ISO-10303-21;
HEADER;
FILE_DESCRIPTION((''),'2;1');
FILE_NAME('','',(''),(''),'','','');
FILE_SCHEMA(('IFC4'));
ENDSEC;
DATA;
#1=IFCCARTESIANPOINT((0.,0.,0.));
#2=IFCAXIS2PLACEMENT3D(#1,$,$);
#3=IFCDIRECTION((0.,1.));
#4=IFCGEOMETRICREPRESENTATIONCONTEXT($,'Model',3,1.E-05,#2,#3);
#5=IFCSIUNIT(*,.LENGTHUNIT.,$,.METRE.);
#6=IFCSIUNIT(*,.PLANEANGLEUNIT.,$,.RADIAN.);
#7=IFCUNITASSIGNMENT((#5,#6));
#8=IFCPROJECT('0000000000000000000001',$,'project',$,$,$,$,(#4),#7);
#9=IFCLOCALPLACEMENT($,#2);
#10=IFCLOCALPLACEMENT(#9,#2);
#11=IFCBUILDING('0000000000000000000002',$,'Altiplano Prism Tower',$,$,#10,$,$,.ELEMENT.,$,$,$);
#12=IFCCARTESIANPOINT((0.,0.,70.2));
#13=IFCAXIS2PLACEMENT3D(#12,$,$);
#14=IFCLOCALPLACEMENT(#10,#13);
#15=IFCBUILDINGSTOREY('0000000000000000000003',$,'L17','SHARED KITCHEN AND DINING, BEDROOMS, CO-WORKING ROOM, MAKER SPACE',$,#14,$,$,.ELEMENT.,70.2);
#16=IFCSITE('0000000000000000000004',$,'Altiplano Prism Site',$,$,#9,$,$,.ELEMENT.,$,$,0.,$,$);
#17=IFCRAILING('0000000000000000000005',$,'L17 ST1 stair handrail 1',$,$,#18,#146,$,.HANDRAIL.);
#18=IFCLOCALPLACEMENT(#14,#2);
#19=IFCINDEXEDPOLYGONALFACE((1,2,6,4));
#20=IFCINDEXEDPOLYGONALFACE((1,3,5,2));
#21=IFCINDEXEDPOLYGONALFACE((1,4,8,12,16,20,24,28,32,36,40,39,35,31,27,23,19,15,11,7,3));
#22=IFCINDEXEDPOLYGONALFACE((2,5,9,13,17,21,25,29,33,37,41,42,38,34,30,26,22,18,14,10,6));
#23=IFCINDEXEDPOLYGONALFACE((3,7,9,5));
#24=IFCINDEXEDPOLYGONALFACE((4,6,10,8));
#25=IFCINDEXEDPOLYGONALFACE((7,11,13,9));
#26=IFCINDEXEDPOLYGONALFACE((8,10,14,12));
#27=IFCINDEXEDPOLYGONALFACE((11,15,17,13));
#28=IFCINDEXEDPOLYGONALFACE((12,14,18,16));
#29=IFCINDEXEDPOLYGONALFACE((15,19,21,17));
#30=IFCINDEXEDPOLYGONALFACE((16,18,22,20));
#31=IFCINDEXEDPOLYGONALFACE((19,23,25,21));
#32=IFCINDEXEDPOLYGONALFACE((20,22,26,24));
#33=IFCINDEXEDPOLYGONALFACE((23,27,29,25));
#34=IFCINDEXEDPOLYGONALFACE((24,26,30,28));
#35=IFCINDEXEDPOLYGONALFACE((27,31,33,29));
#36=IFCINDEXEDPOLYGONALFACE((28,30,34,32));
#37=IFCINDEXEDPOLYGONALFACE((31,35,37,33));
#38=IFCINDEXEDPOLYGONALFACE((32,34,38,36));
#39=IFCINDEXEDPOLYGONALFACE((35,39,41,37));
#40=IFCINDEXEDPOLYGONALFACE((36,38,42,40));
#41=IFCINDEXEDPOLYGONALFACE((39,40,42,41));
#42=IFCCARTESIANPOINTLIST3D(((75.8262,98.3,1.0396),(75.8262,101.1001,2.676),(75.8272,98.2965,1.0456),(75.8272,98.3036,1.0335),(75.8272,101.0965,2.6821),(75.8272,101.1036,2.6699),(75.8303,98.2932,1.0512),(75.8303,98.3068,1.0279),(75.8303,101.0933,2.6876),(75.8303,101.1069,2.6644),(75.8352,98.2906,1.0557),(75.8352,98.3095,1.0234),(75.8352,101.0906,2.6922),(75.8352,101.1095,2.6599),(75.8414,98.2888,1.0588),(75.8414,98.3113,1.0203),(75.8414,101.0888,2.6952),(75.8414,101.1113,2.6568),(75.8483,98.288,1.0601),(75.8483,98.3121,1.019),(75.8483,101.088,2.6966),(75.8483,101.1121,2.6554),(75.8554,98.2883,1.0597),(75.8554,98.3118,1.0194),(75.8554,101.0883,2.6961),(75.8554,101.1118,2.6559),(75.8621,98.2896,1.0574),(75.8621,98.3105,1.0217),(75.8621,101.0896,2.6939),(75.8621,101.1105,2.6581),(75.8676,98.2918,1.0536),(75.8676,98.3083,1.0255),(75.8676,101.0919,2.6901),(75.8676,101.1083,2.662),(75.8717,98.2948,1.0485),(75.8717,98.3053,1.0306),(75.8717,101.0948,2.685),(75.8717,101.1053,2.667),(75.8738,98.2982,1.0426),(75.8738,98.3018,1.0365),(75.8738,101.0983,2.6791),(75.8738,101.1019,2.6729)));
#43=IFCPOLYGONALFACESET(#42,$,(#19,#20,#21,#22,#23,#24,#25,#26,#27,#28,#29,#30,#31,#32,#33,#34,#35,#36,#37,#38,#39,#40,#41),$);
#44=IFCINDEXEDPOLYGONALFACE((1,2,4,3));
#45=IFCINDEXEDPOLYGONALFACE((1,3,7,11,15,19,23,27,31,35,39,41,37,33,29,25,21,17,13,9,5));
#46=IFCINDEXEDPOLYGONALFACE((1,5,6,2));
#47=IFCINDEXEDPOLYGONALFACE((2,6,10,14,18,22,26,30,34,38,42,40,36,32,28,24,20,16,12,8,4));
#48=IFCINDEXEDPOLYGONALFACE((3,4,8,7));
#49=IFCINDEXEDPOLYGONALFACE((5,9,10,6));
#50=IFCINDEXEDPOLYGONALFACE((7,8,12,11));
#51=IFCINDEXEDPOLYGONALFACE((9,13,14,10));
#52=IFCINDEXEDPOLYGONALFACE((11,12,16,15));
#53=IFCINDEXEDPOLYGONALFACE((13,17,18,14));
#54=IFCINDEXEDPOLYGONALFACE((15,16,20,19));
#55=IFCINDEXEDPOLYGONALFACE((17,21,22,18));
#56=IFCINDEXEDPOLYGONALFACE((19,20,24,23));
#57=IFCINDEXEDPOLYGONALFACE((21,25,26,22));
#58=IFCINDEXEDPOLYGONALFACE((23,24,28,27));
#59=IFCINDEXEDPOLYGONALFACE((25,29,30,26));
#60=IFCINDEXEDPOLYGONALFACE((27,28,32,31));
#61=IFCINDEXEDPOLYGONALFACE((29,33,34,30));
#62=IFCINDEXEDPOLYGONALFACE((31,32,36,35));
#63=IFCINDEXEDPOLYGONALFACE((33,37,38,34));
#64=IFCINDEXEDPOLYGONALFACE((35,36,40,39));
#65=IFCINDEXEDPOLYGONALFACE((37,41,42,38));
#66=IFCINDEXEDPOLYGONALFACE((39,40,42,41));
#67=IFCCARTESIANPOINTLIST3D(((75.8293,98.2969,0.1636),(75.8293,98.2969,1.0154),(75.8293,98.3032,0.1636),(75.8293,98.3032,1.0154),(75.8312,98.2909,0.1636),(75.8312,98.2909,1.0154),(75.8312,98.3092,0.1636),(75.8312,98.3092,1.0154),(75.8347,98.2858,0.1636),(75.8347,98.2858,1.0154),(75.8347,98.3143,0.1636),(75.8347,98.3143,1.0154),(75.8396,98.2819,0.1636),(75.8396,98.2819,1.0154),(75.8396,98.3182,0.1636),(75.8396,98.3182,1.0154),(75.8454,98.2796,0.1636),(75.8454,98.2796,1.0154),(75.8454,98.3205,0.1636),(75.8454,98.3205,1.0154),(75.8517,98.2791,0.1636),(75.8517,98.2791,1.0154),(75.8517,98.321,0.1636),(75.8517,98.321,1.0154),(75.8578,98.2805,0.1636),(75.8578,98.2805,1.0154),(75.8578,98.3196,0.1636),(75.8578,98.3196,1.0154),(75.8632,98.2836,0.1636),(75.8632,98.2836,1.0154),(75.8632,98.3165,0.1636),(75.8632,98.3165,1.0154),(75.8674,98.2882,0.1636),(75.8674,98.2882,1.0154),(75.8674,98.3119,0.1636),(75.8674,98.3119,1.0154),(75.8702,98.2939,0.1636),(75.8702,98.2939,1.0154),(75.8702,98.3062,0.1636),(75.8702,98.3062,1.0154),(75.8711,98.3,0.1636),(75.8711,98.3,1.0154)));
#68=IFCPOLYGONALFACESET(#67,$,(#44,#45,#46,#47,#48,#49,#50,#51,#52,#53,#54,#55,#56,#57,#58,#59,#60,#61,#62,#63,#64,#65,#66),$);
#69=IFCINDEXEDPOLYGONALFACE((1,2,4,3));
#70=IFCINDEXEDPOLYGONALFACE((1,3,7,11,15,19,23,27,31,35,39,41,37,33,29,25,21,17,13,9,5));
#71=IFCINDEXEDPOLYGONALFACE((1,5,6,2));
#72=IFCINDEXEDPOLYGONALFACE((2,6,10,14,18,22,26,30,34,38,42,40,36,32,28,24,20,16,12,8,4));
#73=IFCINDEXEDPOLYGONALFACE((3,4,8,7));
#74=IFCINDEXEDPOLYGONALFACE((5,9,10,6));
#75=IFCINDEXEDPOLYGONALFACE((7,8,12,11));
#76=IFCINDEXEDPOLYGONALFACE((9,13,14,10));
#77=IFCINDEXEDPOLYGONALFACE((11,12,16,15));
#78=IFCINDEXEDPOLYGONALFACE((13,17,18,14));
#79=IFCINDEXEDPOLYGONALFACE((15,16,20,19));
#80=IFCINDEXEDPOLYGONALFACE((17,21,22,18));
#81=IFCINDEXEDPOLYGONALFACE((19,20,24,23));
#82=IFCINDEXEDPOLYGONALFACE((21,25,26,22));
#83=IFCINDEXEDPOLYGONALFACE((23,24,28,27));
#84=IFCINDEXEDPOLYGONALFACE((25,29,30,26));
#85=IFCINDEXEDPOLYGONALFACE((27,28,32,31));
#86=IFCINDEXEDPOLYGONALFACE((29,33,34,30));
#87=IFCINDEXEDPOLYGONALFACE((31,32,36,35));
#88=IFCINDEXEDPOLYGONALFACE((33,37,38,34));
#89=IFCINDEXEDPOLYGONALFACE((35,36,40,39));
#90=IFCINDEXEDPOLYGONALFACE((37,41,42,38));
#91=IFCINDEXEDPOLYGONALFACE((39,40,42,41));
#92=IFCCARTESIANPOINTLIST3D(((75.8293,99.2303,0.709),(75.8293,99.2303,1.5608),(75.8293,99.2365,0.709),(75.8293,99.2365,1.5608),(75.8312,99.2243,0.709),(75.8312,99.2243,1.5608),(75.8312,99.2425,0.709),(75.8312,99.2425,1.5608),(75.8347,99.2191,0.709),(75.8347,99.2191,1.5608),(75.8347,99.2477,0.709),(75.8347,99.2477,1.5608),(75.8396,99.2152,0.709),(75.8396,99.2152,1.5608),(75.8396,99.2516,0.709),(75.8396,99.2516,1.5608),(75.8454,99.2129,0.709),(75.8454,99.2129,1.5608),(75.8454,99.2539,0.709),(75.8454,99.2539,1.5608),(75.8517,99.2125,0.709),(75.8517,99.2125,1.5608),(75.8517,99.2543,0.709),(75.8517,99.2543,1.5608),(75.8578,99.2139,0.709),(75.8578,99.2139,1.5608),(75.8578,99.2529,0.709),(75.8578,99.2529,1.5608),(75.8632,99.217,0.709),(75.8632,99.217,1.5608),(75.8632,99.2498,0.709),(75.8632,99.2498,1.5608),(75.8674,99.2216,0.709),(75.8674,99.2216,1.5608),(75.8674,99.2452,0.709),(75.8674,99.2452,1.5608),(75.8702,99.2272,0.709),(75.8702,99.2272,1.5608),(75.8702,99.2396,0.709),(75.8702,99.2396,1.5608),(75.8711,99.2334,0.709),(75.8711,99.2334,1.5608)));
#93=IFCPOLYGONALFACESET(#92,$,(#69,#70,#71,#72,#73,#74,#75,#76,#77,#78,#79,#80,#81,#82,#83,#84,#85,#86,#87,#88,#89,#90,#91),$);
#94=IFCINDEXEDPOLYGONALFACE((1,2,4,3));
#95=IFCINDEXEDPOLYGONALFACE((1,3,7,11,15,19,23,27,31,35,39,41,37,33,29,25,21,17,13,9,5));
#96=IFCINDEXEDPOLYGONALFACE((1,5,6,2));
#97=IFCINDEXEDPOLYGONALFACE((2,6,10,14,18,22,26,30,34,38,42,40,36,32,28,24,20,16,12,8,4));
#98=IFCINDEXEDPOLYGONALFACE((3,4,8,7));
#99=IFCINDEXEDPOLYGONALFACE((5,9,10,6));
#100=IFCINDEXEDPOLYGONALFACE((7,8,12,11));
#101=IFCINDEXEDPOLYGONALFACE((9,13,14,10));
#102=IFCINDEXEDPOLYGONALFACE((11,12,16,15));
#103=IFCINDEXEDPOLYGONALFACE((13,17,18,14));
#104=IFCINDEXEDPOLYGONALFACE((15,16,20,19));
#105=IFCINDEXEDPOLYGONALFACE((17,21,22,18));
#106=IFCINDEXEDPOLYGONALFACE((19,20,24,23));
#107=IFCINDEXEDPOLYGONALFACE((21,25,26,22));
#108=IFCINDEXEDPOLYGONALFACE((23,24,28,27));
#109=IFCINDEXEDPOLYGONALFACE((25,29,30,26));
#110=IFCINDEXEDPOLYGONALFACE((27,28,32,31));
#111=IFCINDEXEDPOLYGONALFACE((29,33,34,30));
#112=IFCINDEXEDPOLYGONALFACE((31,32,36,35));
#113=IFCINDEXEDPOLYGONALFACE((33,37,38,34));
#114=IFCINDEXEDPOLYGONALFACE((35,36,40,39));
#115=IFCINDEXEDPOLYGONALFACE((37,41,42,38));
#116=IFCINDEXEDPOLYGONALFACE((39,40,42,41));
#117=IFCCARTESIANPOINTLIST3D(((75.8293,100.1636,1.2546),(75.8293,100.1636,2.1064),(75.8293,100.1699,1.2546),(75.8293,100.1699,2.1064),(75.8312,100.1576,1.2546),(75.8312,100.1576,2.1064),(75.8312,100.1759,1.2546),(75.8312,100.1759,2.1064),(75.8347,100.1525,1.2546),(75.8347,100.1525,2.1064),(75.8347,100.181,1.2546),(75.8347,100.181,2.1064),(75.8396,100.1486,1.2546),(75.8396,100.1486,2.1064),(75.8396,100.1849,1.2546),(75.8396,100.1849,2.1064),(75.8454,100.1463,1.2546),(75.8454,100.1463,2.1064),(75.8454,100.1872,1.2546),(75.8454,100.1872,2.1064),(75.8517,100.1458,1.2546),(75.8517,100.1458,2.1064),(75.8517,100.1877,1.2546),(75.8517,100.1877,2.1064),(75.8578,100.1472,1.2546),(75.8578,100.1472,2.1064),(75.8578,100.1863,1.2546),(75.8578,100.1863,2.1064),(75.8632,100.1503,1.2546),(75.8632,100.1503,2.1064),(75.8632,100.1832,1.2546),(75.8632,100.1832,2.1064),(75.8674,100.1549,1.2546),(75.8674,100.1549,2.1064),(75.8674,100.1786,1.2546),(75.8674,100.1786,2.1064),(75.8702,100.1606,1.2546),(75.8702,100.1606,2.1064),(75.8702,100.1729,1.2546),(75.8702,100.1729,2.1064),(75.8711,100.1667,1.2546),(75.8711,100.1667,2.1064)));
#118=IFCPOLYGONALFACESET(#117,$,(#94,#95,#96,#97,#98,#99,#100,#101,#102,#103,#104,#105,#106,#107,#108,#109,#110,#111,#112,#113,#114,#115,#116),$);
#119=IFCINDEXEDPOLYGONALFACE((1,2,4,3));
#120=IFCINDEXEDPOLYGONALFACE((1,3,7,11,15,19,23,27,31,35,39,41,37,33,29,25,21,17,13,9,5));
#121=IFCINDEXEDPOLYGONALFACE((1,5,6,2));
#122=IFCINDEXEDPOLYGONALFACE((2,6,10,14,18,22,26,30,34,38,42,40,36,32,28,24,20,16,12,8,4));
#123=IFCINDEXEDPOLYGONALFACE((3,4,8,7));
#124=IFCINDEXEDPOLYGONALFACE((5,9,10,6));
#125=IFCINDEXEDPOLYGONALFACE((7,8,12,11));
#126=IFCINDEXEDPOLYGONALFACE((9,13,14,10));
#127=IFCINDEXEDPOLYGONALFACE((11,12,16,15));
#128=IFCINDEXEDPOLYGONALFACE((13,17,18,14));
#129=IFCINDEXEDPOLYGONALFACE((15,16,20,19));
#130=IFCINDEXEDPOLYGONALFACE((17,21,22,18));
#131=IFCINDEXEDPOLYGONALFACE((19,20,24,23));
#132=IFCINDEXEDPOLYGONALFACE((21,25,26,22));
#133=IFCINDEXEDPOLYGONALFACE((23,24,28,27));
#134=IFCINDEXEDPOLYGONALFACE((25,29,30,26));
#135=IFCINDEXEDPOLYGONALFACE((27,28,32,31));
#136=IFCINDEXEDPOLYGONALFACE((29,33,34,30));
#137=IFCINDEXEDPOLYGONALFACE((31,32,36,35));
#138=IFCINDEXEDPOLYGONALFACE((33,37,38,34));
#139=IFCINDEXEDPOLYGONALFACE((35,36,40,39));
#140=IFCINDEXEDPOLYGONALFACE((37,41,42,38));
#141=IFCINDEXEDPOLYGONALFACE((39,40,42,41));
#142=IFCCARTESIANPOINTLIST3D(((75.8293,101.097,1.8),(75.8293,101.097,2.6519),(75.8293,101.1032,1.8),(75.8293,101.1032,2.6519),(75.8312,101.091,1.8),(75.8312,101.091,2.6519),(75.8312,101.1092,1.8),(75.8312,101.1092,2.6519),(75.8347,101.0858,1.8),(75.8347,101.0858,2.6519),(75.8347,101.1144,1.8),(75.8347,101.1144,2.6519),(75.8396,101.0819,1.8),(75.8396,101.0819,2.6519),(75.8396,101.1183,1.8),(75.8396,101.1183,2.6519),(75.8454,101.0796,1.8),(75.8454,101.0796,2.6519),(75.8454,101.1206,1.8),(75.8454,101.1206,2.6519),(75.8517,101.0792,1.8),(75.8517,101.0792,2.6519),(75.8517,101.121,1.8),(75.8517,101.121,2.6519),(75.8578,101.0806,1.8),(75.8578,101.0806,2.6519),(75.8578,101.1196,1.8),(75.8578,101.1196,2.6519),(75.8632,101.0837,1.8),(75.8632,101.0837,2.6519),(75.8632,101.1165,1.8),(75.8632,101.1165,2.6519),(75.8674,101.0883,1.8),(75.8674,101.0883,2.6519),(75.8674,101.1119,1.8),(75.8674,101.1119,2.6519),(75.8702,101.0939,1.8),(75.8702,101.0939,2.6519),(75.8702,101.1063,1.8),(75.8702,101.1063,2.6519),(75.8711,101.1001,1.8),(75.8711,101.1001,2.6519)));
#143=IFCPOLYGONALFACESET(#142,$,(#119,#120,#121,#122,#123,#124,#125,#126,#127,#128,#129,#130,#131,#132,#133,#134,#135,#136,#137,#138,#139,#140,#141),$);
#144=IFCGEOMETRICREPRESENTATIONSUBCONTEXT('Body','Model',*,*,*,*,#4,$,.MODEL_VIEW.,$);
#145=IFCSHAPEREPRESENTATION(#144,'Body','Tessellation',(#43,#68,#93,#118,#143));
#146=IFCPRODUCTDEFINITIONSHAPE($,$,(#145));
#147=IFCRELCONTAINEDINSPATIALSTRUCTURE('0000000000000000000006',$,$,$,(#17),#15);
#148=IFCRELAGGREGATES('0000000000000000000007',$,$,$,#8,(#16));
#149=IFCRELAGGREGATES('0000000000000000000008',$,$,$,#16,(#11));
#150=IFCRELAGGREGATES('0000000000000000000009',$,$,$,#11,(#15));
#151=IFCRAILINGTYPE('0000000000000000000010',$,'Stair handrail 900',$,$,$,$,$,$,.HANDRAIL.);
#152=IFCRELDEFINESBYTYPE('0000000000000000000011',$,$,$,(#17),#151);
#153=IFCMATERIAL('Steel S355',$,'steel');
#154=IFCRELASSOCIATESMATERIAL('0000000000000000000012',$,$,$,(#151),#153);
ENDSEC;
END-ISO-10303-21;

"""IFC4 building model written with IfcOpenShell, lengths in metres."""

from ifc_helpers import new_model, si_unit, direction, frame, origin, origin_2d, place, context, subcontext, project, spatial, circle, extrude, material, type_object, element, save


model = new_model("IFC4")

# Units and contexts
model_context = context("Model", 3, precision=1e-05, world=origin(), true_north=direction((0.0, 1.0)))
body_context = subcontext(model_context, "Body", "Model", "MODEL_VIEW")
ifc_project = project(units=[si_unit("LENGTHUNIT", "METRE"), si_unit("PLANEANGLEUNIT", "RADIAN")], contexts=[model_context])

# Site, building, storey
site_placement = place(None, origin())
site = spatial("IfcSite", under=ifc_project, at=site_placement, Name="Altiplano Prism Site", CompositionType="ELEMENT", RefElevation=0.0)
building_placement = place(site_placement, origin())
building = spatial("IfcBuilding", under=site, at=building_placement, Name="Altiplano Prism Tower", CompositionType="ELEMENT")
storey_placement = place(building_placement, frame((0.0, 0.0, 70.2)))
storey = spatial("IfcBuildingStorey", under=building, at=storey_placement, Name="L17", Description="SHARED KITCHEN AND DINING, BEDROOMS, CO-WORKING ROOM, MAKER SPACE", CompositionType="ELEMENT", Elevation=70.2)

# Railing
ifc_material_1 = material(Name="Steel S355", Category="steel")
railing_type = type_object("IfcRailingType", Name="Stair handrail 900", PredefinedType="HANDRAIL", material=ifc_material_1)
railing_1_placement = place(storey_placement, frame((75.8501, 98.3, 0.1636)))
element("IfcRailing", 1, at=railing_1_placement, inside=storey, type_object=railing_type, Name="L17 ST1 stair handrail 1", PredefinedType="HANDRAIL", context=body_context, shape_type="SweptSolid", body=[
    extrude(circle(Radius=0.0239, at=origin_2d()), frame((0.0, 0.0, 0.876), z_axis=(0.0, 0.863361, 0.504587), x_axis=(-1.0, 0.0, 0.0)), (0.0, 0.0, 1.0), 3.2432),
    extrude(circle(Radius=0.021, at=origin_2d()), origin(), (0.0, 0.0, 1.0), 0.8518),
    extrude(circle(Radius=0.021, at=origin_2d()), frame((0.0, 0.9333, 0.5454)), (0.0, 0.0, 1.0), 0.8518),
    extrude(circle(Radius=0.021, at=origin_2d()), frame((0.0, 1.8667, 1.0911)), (0.0, 0.0, 1.0), 0.8518),
    extrude(circle(Radius=0.021, at=origin_2d()), frame((0.0, 2.8, 1.6365)), (0.0, 0.0, 1.0), 0.8518),
])

save(model, "model.ifc")
